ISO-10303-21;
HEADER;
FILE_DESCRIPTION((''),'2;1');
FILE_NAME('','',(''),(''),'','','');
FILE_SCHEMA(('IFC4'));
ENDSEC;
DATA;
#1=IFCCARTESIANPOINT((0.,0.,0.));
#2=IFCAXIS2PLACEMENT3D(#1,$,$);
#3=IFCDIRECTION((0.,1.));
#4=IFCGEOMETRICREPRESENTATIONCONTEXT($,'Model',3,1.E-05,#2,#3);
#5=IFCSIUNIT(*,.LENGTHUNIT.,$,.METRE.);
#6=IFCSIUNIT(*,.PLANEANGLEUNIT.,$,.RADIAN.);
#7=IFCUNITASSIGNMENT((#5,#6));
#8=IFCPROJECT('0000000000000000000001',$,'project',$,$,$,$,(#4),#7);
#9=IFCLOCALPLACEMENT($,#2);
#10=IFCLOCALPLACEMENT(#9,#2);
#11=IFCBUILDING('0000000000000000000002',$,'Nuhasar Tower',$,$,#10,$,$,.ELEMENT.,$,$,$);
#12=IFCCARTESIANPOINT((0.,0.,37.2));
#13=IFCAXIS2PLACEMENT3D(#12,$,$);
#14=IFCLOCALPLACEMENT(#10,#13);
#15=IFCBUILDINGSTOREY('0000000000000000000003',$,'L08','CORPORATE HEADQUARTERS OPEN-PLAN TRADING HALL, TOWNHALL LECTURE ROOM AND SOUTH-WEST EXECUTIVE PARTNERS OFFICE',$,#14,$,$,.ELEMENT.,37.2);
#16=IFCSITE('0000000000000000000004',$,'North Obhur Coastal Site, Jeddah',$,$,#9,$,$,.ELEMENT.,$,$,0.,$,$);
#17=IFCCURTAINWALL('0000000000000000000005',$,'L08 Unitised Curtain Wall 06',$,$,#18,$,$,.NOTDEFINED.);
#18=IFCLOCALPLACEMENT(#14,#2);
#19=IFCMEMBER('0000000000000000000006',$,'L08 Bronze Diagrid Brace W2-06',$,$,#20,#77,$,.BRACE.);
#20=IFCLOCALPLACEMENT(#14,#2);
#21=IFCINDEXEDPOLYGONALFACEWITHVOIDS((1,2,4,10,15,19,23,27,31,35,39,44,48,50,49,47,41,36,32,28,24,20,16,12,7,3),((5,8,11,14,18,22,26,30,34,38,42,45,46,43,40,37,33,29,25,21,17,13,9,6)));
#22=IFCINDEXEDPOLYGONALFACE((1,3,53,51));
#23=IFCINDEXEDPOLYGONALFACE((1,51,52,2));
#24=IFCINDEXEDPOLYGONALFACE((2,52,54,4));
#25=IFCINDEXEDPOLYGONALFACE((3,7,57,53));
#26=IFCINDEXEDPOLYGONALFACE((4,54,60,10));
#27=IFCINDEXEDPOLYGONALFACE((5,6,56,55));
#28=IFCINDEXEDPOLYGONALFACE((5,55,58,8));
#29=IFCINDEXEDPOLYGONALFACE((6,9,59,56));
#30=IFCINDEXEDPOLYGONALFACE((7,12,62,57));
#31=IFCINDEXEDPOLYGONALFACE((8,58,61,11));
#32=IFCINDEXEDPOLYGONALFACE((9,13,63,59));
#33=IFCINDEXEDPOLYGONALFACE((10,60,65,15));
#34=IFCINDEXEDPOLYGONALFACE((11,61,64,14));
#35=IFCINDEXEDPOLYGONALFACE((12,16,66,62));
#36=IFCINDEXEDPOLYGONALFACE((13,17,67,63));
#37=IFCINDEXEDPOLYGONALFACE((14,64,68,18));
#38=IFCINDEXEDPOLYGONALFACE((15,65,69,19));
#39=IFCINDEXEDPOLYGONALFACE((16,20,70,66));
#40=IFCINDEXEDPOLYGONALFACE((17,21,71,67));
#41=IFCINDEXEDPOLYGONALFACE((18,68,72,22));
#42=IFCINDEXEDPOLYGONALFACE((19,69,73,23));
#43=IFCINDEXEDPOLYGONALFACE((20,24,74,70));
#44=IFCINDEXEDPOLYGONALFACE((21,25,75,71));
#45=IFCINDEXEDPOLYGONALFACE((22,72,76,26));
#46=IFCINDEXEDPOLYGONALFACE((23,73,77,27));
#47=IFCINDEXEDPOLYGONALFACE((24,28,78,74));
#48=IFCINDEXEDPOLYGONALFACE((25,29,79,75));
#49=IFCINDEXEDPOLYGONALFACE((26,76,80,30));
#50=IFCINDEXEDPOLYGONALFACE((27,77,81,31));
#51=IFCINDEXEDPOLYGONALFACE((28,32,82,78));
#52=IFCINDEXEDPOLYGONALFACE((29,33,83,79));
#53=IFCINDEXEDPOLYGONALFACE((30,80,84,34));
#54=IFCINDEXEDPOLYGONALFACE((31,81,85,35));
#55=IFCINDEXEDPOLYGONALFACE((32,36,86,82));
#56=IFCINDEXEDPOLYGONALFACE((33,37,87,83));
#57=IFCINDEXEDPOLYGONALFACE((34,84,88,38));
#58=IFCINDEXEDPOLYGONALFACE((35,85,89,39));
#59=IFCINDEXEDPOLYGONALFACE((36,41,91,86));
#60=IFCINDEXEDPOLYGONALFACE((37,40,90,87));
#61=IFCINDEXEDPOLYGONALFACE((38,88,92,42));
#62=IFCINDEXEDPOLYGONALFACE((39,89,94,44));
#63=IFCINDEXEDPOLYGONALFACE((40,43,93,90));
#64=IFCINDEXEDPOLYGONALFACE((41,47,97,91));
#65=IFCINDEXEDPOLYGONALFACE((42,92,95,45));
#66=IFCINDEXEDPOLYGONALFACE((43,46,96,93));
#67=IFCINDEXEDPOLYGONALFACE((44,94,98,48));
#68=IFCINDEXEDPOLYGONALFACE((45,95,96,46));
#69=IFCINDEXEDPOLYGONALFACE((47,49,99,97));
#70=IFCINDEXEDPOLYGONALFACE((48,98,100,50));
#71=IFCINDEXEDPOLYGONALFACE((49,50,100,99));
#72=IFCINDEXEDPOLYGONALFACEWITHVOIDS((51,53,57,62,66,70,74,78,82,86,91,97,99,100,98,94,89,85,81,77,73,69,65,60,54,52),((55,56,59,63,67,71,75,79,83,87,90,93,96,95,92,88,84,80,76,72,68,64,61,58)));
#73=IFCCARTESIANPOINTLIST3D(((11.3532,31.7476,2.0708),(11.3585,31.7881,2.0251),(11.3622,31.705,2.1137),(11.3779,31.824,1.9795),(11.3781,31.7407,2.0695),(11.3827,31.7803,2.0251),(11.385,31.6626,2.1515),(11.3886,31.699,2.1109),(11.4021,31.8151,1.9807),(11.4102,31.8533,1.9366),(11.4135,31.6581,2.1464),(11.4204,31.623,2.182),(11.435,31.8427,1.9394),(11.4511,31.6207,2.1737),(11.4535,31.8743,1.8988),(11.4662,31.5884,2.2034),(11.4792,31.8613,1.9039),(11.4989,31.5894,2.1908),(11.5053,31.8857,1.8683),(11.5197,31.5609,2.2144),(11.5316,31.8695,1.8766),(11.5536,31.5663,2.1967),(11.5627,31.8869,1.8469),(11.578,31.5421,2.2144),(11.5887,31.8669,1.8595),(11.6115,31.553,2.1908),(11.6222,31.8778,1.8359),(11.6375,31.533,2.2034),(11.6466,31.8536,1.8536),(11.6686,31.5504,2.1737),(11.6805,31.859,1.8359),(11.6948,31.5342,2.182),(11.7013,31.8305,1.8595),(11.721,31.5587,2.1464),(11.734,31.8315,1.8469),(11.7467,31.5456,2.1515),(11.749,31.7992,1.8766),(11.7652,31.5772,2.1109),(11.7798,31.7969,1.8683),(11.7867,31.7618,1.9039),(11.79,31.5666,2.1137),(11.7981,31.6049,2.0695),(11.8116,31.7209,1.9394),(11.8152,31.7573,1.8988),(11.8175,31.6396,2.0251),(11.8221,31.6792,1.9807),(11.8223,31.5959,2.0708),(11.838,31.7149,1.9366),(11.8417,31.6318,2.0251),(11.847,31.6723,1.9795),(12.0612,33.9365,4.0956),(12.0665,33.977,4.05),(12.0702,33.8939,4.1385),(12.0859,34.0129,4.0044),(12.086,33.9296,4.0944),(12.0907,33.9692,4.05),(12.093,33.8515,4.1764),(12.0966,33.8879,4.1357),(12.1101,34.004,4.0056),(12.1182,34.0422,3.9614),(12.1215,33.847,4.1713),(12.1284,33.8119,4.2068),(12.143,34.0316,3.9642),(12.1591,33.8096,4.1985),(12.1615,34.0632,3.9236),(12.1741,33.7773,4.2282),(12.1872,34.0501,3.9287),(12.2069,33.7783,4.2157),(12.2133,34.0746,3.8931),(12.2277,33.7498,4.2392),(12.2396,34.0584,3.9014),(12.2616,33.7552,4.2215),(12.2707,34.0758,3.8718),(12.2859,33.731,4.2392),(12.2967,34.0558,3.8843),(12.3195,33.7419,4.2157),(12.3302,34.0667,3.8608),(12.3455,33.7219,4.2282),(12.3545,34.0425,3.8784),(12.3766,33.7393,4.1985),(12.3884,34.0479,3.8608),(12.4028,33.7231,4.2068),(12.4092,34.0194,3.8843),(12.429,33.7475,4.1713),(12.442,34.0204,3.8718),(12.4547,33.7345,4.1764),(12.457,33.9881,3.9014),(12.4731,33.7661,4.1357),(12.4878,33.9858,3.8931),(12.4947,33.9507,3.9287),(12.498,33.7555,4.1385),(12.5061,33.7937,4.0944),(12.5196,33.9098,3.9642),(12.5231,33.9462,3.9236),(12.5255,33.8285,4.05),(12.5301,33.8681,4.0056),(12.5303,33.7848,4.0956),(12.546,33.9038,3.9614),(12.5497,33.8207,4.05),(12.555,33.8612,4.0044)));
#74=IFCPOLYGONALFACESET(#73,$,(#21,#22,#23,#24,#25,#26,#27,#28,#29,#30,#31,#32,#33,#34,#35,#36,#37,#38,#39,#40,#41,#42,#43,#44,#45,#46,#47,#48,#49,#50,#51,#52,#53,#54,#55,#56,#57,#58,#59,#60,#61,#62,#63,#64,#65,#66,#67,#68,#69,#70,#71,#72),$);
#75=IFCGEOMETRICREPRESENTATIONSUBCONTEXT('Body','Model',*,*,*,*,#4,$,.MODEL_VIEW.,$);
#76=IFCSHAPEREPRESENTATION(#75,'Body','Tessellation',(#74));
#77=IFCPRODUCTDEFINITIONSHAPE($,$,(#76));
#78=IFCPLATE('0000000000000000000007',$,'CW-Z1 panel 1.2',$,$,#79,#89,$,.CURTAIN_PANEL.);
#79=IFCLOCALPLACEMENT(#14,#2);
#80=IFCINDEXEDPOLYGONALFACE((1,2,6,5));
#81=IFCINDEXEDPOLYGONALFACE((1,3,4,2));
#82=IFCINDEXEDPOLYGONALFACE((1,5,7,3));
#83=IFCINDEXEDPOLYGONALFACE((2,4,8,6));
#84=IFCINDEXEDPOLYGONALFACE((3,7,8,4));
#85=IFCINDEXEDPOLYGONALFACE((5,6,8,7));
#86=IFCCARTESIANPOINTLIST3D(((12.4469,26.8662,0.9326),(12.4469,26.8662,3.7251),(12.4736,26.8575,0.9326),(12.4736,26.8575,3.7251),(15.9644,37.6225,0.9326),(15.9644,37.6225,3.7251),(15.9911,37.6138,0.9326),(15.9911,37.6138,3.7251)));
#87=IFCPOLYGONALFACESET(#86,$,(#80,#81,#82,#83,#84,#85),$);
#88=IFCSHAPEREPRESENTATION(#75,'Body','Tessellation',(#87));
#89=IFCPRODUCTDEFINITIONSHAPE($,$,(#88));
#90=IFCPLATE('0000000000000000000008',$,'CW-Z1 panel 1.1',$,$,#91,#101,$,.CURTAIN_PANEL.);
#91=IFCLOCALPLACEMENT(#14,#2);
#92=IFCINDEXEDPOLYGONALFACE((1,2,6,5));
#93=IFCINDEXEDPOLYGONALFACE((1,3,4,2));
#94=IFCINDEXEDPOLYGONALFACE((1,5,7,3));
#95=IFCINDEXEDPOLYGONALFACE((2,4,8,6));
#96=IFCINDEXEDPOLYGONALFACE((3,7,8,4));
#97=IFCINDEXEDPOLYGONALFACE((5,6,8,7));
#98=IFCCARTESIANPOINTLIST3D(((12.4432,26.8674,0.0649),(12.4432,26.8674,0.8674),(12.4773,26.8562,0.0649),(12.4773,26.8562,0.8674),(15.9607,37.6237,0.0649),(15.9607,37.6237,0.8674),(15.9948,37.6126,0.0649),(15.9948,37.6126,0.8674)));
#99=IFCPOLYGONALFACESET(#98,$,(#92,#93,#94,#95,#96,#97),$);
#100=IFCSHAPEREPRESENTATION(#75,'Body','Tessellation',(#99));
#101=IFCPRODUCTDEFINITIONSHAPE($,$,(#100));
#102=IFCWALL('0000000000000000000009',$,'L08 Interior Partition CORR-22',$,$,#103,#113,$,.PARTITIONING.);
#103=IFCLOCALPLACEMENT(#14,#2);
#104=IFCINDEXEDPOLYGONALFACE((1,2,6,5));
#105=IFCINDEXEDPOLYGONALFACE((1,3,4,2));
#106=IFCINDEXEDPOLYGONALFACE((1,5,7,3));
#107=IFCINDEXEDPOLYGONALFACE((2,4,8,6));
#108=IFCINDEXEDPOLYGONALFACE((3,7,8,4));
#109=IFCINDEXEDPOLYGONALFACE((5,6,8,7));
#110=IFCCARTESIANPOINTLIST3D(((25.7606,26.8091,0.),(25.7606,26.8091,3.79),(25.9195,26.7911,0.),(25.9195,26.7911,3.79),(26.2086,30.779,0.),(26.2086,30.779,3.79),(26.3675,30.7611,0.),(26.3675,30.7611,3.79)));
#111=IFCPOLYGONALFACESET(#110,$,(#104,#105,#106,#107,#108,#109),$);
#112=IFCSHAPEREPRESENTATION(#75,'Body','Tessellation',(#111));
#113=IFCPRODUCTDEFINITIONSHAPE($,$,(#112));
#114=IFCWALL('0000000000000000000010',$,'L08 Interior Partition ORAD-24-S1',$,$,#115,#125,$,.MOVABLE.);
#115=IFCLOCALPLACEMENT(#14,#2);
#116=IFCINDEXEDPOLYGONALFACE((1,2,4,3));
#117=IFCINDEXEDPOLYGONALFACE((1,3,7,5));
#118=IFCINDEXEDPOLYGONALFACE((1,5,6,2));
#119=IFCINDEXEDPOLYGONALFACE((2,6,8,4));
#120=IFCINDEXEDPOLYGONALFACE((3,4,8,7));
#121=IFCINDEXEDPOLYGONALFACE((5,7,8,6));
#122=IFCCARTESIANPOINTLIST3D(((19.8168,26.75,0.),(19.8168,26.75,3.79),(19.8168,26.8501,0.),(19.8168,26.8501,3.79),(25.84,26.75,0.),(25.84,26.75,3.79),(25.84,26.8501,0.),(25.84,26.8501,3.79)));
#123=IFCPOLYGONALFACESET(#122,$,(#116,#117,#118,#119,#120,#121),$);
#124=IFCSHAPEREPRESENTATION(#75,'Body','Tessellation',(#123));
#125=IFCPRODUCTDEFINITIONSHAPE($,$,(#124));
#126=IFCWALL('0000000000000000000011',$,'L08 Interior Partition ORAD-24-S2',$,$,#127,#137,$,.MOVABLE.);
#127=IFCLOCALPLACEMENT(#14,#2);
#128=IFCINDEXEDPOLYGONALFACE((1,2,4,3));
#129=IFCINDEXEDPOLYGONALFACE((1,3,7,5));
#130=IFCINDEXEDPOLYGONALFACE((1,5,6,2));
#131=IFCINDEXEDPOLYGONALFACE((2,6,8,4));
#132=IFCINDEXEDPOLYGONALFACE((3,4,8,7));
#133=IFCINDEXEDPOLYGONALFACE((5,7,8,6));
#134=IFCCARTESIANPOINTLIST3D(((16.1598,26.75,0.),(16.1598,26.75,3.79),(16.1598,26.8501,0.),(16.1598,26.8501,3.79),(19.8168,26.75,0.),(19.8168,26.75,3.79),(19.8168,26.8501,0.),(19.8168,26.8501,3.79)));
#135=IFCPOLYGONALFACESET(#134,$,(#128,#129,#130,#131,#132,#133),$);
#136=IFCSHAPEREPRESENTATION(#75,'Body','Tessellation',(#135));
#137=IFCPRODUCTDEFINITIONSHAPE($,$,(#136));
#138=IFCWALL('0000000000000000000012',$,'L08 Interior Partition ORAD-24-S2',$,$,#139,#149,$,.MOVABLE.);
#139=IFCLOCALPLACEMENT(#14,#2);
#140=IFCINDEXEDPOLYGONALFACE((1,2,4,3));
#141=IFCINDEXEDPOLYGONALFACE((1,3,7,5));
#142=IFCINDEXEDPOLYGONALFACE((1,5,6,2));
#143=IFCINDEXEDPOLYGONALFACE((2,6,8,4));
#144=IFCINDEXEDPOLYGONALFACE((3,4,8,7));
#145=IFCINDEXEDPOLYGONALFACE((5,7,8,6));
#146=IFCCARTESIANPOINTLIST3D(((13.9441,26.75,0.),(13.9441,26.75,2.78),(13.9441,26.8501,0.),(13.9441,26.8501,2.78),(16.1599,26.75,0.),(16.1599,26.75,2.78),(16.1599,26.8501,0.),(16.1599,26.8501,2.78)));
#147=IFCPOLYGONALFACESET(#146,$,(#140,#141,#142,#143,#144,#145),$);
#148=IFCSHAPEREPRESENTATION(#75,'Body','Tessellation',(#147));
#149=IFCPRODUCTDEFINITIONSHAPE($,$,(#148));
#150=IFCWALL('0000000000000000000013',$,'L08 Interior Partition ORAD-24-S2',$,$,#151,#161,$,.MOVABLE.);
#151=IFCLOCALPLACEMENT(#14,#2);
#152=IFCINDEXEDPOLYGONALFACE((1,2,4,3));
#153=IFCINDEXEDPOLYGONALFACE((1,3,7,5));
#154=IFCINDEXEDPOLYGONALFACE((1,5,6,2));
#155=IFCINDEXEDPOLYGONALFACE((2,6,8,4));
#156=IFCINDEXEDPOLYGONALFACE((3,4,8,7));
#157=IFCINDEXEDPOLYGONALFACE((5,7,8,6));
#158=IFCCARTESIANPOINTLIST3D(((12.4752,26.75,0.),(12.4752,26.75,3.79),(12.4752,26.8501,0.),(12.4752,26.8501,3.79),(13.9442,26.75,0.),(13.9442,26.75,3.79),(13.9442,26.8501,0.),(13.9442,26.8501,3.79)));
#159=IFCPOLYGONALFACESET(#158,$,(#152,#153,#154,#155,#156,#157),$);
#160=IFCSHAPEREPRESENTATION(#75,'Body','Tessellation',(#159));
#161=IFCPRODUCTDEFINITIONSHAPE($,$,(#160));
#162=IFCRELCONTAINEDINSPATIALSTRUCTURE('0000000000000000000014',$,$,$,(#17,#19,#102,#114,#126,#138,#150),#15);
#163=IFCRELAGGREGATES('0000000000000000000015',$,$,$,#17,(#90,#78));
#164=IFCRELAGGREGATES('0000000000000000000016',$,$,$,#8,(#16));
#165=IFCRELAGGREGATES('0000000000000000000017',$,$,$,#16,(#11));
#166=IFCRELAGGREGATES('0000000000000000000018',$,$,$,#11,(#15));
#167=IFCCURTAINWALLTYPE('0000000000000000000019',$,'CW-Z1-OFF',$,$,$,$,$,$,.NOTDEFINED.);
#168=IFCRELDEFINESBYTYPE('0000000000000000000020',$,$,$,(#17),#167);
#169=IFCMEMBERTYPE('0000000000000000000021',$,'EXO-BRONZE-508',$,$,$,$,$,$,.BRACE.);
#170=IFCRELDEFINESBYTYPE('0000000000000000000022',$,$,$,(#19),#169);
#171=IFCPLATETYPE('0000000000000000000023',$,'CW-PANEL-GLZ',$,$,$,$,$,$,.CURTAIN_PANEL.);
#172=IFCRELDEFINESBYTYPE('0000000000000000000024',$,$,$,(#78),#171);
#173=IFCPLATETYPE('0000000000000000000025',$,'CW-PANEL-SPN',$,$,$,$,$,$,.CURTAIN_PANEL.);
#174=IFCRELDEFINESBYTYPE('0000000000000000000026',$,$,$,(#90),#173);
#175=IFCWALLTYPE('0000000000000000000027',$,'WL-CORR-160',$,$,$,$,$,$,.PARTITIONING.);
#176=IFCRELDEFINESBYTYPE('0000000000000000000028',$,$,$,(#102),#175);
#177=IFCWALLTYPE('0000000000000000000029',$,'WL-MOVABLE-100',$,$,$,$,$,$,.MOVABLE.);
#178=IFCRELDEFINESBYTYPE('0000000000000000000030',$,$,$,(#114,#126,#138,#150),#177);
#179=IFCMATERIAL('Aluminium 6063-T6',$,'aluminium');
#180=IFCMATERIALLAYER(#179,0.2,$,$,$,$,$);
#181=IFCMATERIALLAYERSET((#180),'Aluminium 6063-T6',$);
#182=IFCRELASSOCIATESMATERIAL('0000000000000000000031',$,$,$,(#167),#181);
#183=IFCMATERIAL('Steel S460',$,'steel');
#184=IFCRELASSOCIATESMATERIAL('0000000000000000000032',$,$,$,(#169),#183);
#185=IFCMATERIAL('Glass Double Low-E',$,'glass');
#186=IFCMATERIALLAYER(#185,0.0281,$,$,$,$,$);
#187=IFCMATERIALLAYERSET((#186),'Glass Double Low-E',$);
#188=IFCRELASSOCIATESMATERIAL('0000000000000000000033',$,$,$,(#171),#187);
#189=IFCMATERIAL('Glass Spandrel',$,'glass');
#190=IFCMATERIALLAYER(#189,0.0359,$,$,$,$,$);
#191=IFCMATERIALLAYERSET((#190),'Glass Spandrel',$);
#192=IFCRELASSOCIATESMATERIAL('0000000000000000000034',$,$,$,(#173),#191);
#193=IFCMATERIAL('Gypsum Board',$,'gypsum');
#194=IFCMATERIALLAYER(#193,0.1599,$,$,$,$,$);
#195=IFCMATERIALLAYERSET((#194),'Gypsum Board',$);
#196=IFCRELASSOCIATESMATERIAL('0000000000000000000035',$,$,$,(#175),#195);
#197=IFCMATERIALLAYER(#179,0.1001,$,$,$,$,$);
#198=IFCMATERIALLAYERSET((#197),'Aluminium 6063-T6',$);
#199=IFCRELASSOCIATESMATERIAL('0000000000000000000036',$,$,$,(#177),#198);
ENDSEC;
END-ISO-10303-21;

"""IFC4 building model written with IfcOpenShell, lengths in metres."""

from ifc_helpers import new_model, si_unit, direction, frame, frame_2d, origin, origin_2d, place, context, subcontext, project, spatial, rectangle, hollow_circle, extrude, material, layer, layer_set, material_profile, profile_set, type_object, element, aggregate, save


model = new_model("IFC4")

# Units and contexts
model_context = context("Model", 3, precision=1e-05, world=origin(), true_north=direction((0.0, 1.0)))
body_context = subcontext(model_context, "Body", "Model", "MODEL_VIEW")
ifc_project = project(units=[si_unit("LENGTHUNIT", "METRE"), si_unit("PLANEANGLEUNIT", "RADIAN")], contexts=[model_context])

# Site, building, storey
site_placement = place(None, origin())
site = spatial("IfcSite", under=ifc_project, at=site_placement, Name="North Obhur Coastal Site, Jeddah", CompositionType="ELEMENT", RefElevation=0.0)
building_placement = place(site_placement, origin())
building = spatial("IfcBuilding", under=site, at=building_placement, Name="Nuhasar Tower", CompositionType="ELEMENT")
storey_placement = place(building_placement, frame((0.0, 0.0, 37.2)))
storey = spatial("IfcBuildingStorey", under=building, at=storey_placement, Name="L08", Description="CORPORATE HEADQUARTERS OPEN-PLAN TRADING HALL, TOWNHALL LECTURE ROOM AND SOUTH-WEST EXECUTIVE PARTNERS OFFICE", CompositionType="ELEMENT", Elevation=37.2)

# Curtain wall
ifc_material_1 = material(Name="Aluminium 6063-T6", Category="aluminium")
ifc_layer_1 = layer(ifc_material_1, 0.2)
ifc_layer_set_1 = layer_set([ifc_layer_1], Name="Aluminium 6063-T6")
curtain_wall_type = type_object("IfcCurtainWallType", Name="CW-Z1-OFF", PredefinedType="NOTDEFINED", material=ifc_layer_set_1)
curtain_wall_1_placement = place(storey_placement, origin())
curtain_wall_1 = element("IfcCurtainWall", 1, at=curtain_wall_1_placement, inside=storey, type_object=curtain_wall_type, Name="L08 Unitised Curtain Wall 06", PredefinedType="NOTDEFINED")

# Member
ifc_material_2 = material(Name="Steel S460", Category="steel")
ifc_material_profile_1 = material_profile(ifc_material_2, hollow_circle(Radius=0.2539, WallThickness=0.0254, at=origin_2d()), Name="HSS508X25.4")
ifc_profile_set_1 = profile_set([ifc_material_profile_1], Name="Steel S460")
member_type_1 = type_object("IfcMemberType", Name="EXO-BRONZE-508", PredefinedType="BRACE", material=ifc_profile_set_1)
member_1_placement = place(storey_placement, frame((11.6001, 31.71, 2.0251), z_axis=(0.231012, 0.714225, 0.660694), x_axis=(-0.951468, 0.307747, 0.0)))
element("IfcMember", 2, at=member_1_placement, inside=storey, type_object=member_type_1, Name="L08 Bronze Diagrid Brace W2-06", PredefinedType="BRACE", context=body_context, shape_type="SweptSolid", body=[
    extrude(hollow_circle(Radius=0.2539, WallThickness=0.0254, at=origin_2d()), origin(), (0.0, 0.0, 1.0), 3.0647),
])

# Plates
ifc_material_3 = material(Name="Glass Double Low-E", Category="glass")
ifc_layer_2 = layer(ifc_material_3, 0.0281)
ifc_layer_set_2 = layer_set([ifc_layer_2], Name="Glass Double Low-E")
plate_type_1 = type_object("IfcPlateType", Name="CW-PANEL-GLZ", PredefinedType="CURTAIN_PANEL", material=ifc_layer_set_2)
plate_1_placement = place(storey_placement, frame((14.219, 32.24, 0.9326), z_axis=(0.0, 0.0, 1.0), x_axis=(-0.310824, -0.950468, 0.0)))
plate_1 = element("IfcPlate", 3, at=plate_1_placement, type_object=plate_type_1, Name="CW-Z1 panel 1.2", PredefinedType="CURTAIN_PANEL", context=body_context, shape_type="SweptSolid", body=[
    extrude(rectangle(XDim=11.3169, YDim=0.0281, at=origin_2d()), origin(), (0.0, 0.0, 1.0), 2.7925),
])
ifc_material_4 = material(Name="Glass Spandrel", Category="glass")
ifc_layer_3 = layer(ifc_material_4, 0.0359)
ifc_layer_set_3 = layer_set([ifc_layer_3], Name="Glass Spandrel")
plate_type_2 = type_object("IfcPlateType", Name="CW-PANEL-SPN", PredefinedType="CURTAIN_PANEL", material=ifc_layer_set_3)
plate_2_placement = place(storey_placement, frame((14.219, 32.24, 0.0649), z_axis=(0.0, 0.0, 1.0), x_axis=(-0.310824, -0.950468, 0.0)))
plate_2 = element("IfcPlate", 4, at=plate_2_placement, type_object=plate_type_2, Name="CW-Z1 panel 1.1", PredefinedType="CURTAIN_PANEL", context=body_context, shape_type="SweptSolid", body=[
    extrude(rectangle(XDim=11.3169, YDim=0.0359, at=origin_2d()), origin(), (0.0, 0.0, 1.0), 0.8025),
])
aggregate(curtain_wall_1, [plate_2, plate_1])

# Walls
ifc_material_5 = material(Name="Gypsum Board", Category="gypsum")
ifc_layer_4 = layer(ifc_material_5, 0.1599)
ifc_layer_set_4 = layer_set([ifc_layer_4], Name="Gypsum Board")
wall_type_1 = type_object("IfcWallType", Name="WL-CORR-160", PredefinedType="PARTITIONING", material=ifc_layer_set_4)
wall_1_placement = place(storey_placement, frame((26.2881, 30.77, 0.0), z_axis=(0.0, 0.0, 1.0), x_axis=(-0.112135, -0.993693, 0.0)))
element("IfcWall", 5, at=wall_1_placement, inside=storey, type_object=wall_type_1, Name="L08 Interior Partition CORR-22", PredefinedType="PARTITIONING", context=body_context, shape_type="SweptSolid", body=[
    extrude(rectangle(XDim=3.9951, YDim=0.1599, at=frame_2d((1.9976, 0.0))), origin(), (0.0, 0.0, 1.0), 3.79),
])
ifc_layer_5 = layer(ifc_material_1, 0.1001)
ifc_layer_set_5 = layer_set([ifc_layer_5], Name="Aluminium 6063-T6")
wall_type_2 = type_object("IfcWallType", Name="WL-MOVABLE-100", PredefinedType="MOVABLE", material=ifc_layer_set_5)
wall_2_placement = place(storey_placement, frame((25.8401, 26.8, 0.0), z_axis=(0.0, 0.0, 1.0), x_axis=(-1.0, 0.0, 0.0)))
element("IfcWall", 6, at=wall_2_placement, inside=storey, type_object=wall_type_2, Name="L08 Interior Partition ORAD-24-S1", PredefinedType="MOVABLE", context=body_context, shape_type="SweptSolid", body=[
    extrude(rectangle(XDim=6.0232, YDim=0.1001, at=frame_2d((3.0117, 0.0))), origin(), (0.0, 0.0, 1.0), 3.79),
])
wall_3_placement = place(storey_placement, frame((19.8169, 26.8, 0.0), z_axis=(0.0, 0.0, 1.0), x_axis=(-1.0, 0.0, 0.0)))
element("IfcWall", 7, at=wall_3_placement, inside=storey, type_object=wall_type_2, Name="L08 Interior Partition ORAD-24-S2", PredefinedType="MOVABLE", context=body_context, shape_type="SweptSolid", body=[
    extrude(rectangle(XDim=3.657, YDim=0.1001, at=frame_2d((1.8286, 0.0))), origin(), (0.0, 0.0, 1.0), 3.79),
])
wall_4_placement = place(storey_placement, frame((16.1599, 26.8, 0.0), z_axis=(0.0, 0.0, 1.0), x_axis=(-1.0, 0.0, 0.0)))
element("IfcWall", 8, at=wall_4_placement, inside=storey, type_object=wall_type_2, Name="L08 Interior Partition ORAD-24-S2", PredefinedType="MOVABLE", context=body_context, shape_type="SweptSolid", body=[
    extrude(rectangle(XDim=2.2158, YDim=0.1001, at=frame_2d((1.1079, 0.0))), origin(), (0.0, 0.0, 1.0), 2.78),
])
wall_5_placement = place(storey_placement, frame((13.9441, 26.8, 0.0), z_axis=(0.0, 0.0, 1.0), x_axis=(-1.0, 0.0, 0.0)))
element("IfcWall", 9, at=wall_5_placement, inside=storey, type_object=wall_type_2, Name="L08 Interior Partition ORAD-24-S2", PredefinedType="MOVABLE", context=body_context, shape_type="SweptSolid", body=[
    extrude(rectangle(XDim=1.469, YDim=0.1001, at=frame_2d((0.7344, 0.0))), origin(), (0.0, 0.0, 1.0), 3.79),
])

save(model, "model.ifc")
